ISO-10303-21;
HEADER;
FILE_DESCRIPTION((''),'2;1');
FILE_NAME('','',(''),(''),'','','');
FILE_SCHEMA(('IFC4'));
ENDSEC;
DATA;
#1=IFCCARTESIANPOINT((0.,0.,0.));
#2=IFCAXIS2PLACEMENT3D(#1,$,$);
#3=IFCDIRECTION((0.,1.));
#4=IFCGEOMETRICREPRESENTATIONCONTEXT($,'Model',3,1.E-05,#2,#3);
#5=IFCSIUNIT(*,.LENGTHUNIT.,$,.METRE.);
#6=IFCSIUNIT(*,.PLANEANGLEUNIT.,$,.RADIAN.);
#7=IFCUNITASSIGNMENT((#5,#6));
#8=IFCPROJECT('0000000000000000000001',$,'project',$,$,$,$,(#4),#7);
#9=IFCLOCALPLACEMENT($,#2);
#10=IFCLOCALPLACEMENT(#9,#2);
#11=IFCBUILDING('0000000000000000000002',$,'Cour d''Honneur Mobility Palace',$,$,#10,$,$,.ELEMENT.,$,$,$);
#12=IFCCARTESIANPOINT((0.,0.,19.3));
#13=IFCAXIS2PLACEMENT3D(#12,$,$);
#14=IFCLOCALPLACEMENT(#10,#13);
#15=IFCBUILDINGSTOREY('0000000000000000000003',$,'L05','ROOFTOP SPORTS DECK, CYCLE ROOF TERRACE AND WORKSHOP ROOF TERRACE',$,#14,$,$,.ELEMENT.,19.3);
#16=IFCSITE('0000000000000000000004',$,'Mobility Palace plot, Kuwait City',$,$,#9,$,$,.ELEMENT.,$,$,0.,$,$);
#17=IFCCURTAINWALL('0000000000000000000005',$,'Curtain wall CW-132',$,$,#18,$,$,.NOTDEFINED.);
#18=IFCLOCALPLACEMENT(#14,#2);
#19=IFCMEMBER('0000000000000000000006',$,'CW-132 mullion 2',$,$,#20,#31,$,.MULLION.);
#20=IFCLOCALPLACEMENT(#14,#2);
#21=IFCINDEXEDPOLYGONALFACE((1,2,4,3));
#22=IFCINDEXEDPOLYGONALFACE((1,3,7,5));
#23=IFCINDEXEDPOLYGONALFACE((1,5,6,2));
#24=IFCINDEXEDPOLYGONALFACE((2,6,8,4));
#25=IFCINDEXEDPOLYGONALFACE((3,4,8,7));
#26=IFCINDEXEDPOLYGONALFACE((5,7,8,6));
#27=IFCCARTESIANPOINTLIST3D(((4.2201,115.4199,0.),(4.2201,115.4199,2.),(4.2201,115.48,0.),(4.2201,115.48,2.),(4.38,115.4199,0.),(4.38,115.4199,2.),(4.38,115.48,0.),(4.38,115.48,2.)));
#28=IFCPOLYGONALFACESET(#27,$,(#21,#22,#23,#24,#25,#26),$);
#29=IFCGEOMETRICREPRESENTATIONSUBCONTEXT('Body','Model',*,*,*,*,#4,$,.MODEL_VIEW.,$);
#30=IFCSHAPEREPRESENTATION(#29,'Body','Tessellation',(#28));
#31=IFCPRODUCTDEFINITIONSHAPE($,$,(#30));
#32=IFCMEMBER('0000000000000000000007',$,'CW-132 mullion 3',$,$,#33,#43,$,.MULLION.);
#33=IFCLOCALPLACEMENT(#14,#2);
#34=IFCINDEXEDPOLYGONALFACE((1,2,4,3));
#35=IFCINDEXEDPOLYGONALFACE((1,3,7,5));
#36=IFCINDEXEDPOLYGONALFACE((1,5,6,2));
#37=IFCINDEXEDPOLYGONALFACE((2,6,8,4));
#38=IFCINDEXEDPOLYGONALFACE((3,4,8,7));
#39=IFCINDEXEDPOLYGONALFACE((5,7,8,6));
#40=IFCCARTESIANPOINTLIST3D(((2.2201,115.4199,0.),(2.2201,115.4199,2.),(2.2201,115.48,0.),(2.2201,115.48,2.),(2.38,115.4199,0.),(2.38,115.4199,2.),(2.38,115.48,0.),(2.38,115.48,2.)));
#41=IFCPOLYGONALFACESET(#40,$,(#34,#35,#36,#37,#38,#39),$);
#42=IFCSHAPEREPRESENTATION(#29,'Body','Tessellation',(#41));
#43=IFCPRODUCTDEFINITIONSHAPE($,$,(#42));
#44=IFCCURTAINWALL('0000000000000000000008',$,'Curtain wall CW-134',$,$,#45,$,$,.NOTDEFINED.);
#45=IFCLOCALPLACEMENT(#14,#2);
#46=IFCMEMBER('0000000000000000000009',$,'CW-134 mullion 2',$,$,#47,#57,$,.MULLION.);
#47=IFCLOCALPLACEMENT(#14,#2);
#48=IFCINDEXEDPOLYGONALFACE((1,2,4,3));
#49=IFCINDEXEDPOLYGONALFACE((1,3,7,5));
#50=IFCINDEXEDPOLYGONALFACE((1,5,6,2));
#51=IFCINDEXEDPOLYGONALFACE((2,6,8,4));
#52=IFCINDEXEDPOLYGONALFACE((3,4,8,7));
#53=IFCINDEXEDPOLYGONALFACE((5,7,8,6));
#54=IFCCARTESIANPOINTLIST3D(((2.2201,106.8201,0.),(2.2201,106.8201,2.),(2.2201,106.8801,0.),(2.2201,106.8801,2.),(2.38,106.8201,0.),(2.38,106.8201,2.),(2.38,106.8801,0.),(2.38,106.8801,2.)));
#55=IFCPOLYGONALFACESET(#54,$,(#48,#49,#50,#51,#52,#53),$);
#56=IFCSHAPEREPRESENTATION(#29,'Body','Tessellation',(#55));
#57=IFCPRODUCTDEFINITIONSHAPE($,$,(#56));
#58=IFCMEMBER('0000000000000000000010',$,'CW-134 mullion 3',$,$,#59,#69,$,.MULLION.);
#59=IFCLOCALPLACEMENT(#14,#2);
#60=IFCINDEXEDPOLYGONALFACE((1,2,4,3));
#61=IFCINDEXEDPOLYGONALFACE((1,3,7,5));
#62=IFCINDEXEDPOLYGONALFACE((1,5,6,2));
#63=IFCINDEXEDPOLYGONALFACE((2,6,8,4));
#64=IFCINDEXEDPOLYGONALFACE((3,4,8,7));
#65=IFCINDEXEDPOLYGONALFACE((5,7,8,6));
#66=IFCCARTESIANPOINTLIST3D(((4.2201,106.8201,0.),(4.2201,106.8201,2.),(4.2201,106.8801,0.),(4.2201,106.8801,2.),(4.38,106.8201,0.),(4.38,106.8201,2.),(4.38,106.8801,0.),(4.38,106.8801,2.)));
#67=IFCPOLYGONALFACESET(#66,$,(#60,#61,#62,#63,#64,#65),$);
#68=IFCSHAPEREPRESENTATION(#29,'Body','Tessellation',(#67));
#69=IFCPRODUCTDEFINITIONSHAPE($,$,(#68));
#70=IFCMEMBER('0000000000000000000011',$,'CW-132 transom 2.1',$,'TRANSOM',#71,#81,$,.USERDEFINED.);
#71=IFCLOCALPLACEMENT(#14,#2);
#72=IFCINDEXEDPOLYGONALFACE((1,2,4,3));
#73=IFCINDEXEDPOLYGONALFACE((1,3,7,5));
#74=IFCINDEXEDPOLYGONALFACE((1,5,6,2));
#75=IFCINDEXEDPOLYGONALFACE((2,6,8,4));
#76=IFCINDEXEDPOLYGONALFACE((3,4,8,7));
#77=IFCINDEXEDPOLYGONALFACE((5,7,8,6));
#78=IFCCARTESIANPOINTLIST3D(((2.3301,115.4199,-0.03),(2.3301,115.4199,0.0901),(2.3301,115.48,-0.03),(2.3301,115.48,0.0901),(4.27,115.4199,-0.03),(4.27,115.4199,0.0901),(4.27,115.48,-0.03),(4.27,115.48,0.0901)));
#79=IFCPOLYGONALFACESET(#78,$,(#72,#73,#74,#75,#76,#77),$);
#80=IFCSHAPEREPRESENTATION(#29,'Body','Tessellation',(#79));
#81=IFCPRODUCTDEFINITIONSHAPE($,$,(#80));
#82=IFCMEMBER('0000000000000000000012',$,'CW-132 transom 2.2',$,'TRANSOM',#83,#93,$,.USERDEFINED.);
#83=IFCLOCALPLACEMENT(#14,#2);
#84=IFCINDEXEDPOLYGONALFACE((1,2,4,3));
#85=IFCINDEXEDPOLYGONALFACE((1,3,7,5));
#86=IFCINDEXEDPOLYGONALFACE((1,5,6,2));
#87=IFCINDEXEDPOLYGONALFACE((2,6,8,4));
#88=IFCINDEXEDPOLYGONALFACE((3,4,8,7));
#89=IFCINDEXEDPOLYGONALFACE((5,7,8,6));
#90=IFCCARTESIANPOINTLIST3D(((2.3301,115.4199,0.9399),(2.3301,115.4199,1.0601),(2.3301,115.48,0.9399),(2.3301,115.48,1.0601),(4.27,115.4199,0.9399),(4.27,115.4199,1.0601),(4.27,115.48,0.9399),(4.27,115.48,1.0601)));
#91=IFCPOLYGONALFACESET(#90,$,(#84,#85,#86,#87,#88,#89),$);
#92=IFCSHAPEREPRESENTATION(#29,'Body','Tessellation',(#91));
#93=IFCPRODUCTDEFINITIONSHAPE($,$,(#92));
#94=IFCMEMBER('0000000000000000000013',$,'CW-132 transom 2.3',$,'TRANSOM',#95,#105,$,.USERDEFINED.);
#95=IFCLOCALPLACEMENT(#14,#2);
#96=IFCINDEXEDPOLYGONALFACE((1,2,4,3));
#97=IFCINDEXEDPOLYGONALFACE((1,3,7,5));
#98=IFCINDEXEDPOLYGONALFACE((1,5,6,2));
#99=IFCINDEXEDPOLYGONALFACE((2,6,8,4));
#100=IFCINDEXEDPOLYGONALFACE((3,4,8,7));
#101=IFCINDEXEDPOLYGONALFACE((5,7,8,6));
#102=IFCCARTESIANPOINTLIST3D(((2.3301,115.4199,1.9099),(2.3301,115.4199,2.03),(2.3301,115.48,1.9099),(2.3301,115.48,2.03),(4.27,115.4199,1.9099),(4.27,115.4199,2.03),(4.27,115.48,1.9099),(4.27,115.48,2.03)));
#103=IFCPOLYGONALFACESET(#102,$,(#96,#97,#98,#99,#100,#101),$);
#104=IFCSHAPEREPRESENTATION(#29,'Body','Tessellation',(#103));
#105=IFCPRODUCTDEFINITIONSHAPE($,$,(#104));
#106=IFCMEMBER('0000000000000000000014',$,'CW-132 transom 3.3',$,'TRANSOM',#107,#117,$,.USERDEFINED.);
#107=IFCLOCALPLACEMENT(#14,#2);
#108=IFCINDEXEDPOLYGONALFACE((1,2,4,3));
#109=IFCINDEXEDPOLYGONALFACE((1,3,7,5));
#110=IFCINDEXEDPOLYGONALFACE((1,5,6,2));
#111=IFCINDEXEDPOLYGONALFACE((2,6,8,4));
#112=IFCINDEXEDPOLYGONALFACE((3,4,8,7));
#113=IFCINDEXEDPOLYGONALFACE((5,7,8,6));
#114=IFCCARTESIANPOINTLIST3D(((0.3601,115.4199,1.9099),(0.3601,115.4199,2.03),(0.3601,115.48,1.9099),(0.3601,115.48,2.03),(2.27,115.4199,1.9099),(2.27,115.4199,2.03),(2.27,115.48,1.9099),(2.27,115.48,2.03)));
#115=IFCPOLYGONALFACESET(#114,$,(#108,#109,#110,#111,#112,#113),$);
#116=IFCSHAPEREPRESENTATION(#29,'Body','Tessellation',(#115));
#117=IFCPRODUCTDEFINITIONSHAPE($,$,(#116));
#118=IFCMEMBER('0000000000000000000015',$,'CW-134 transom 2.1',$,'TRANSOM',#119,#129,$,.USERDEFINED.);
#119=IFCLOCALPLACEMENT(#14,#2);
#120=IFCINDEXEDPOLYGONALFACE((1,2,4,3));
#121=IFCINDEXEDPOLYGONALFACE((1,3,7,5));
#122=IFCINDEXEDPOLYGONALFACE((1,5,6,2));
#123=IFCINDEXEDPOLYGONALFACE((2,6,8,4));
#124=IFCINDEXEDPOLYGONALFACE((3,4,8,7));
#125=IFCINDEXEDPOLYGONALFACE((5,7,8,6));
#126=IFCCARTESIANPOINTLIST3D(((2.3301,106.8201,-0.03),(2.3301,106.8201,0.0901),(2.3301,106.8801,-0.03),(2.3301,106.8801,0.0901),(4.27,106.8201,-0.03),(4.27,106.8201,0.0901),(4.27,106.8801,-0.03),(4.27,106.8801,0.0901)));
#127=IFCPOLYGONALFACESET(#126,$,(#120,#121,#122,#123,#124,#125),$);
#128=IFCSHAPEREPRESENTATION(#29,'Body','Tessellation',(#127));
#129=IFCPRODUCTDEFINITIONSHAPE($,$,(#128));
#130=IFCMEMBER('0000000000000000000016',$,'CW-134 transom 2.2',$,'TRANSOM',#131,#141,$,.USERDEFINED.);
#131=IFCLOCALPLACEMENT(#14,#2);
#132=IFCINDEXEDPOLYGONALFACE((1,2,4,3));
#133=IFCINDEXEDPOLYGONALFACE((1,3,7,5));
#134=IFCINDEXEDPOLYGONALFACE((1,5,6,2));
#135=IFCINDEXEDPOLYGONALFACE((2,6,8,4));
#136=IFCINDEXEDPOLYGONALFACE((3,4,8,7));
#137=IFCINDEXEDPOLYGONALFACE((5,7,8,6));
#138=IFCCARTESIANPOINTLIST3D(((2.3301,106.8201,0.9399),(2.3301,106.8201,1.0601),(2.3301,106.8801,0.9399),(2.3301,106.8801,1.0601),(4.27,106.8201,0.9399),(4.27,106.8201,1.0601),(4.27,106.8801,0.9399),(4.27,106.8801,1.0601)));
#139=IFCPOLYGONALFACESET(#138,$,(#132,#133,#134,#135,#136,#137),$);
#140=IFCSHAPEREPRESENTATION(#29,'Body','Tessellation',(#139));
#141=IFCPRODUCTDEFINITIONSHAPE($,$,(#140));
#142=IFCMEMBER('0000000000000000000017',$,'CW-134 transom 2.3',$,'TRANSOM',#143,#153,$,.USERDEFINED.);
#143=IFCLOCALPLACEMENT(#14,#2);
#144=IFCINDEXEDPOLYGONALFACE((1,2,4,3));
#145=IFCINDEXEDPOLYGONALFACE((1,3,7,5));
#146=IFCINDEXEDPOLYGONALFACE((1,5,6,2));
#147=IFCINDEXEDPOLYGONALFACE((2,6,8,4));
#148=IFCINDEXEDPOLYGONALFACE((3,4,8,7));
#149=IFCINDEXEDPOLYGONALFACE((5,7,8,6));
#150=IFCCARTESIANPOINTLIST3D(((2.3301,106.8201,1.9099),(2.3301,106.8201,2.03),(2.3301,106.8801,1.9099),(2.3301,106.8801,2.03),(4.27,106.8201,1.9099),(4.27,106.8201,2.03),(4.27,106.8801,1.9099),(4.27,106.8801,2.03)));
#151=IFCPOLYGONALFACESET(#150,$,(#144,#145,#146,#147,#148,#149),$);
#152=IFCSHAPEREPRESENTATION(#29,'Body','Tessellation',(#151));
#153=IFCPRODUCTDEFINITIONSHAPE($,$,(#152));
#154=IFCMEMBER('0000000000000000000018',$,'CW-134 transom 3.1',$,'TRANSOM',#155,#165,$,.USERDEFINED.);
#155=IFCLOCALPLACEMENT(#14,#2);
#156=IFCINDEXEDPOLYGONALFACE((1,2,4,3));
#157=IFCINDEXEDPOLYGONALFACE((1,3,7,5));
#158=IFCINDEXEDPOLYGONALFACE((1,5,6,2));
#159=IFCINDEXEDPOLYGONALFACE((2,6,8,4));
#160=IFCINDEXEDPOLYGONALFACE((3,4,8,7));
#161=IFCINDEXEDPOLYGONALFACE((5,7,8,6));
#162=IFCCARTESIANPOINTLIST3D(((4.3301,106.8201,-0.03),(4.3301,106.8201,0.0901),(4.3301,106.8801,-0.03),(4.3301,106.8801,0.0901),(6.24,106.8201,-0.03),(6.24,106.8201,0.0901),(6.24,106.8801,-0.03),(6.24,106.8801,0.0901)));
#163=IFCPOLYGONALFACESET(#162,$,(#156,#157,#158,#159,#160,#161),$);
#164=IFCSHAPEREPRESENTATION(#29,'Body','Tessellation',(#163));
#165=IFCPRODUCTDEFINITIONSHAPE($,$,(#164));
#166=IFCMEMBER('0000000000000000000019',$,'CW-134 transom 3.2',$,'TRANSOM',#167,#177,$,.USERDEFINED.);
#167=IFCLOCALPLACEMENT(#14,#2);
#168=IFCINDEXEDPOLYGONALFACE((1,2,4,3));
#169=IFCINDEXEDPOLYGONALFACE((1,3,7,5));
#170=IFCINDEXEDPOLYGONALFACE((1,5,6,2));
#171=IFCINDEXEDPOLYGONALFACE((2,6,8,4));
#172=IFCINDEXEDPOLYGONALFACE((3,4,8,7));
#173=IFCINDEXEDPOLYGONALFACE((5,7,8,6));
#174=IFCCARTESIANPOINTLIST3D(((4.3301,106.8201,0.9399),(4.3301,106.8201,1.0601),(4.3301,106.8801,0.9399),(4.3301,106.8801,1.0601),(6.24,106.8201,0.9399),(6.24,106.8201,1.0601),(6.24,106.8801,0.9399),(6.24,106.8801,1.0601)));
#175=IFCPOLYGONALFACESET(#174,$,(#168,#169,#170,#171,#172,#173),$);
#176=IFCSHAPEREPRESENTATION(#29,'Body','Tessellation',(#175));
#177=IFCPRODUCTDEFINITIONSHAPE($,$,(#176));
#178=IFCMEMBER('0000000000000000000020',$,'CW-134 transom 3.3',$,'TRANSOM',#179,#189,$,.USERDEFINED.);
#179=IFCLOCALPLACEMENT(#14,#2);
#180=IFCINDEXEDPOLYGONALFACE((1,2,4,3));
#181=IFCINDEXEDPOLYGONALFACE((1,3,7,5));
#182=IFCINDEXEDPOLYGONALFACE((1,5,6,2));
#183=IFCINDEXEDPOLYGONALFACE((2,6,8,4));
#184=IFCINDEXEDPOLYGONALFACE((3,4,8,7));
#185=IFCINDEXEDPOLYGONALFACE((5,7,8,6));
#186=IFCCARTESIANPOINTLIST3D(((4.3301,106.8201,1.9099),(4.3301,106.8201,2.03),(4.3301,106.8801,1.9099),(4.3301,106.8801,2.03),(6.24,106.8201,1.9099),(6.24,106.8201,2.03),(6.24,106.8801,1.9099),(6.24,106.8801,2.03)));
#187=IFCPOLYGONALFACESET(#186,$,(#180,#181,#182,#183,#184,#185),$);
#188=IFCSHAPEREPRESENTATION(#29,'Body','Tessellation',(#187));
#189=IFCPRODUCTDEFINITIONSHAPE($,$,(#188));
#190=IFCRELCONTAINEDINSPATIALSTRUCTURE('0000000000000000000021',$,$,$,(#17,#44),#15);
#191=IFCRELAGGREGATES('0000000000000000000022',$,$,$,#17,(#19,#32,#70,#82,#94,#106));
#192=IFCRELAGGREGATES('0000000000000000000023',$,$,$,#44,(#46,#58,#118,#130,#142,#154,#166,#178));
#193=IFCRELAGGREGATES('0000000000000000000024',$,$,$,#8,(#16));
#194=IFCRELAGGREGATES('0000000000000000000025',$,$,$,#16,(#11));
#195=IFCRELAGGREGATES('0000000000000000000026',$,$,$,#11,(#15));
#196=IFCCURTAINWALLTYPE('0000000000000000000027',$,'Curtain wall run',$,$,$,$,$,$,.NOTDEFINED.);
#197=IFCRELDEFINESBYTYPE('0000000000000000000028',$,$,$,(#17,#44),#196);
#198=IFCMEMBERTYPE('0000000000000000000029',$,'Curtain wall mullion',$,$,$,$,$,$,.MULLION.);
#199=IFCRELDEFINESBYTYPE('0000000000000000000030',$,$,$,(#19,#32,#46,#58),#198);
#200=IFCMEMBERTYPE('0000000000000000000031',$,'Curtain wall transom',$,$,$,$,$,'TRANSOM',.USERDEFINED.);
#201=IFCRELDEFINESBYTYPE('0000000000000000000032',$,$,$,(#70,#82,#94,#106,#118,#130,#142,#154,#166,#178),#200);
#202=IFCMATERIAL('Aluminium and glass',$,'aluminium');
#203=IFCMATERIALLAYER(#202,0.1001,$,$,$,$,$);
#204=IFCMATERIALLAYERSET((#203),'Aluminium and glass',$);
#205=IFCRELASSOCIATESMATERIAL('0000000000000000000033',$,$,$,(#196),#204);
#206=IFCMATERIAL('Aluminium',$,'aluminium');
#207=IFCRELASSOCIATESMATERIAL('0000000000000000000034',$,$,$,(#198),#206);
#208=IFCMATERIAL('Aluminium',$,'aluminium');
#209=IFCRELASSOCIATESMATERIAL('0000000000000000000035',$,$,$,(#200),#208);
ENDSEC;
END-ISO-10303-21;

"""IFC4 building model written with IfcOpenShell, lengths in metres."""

from ifc_helpers import new_model, si_unit, direction, frame, origin, origin_2d, place, context, subcontext, project, spatial, rectangle, extrude, material, layer, layer_set, material_profile, profile_set, type_object, element, aggregate, save


model = new_model("IFC4")

# Units and contexts
model_context = context("Model", 3, precision=1e-05, world=origin(), true_north=direction((0.0, 1.0)))
body_context = subcontext(model_context, "Body", "Model", "MODEL_VIEW")
ifc_project = project(units=[si_unit("LENGTHUNIT", "METRE"), si_unit("PLANEANGLEUNIT", "RADIAN")], contexts=[model_context])

# Site, building, storey
site_placement = place(None, origin())
site = spatial("IfcSite", under=ifc_project, at=site_placement, Name="Mobility Palace plot, Kuwait City", CompositionType="ELEMENT", RefElevation=0.0)
building_placement = place(site_placement, origin())
building = spatial("IfcBuilding", under=site, at=building_placement, Name="Cour d'Honneur Mobility Palace", CompositionType="ELEMENT")
storey_placement = place(building_placement, frame((0.0, 0.0, 19.3)))
storey = spatial("IfcBuildingStorey", under=building, at=storey_placement, Name="L05", Description="ROOFTOP SPORTS DECK, CYCLE ROOF TERRACE AND WORKSHOP ROOF TERRACE", CompositionType="ELEMENT", Elevation=19.3)

# Curtain walls, members
ifc_material_1 = material(Name="Aluminium and glass", Category="aluminium")
ifc_layer_1 = layer(ifc_material_1, 0.1001)
ifc_layer_set_1 = layer_set([ifc_layer_1], Name="Aluminium and glass")
curtain_wall_type = type_object("IfcCurtainWallType", Name="Curtain wall run", PredefinedType="NOTDEFINED", material=ifc_layer_set_1)
curtain_wall_1_placement = place(storey_placement, origin())
curtain_wall_1 = element("IfcCurtainWall", 1, at=curtain_wall_1_placement, inside=storey, type_object=curtain_wall_type, Name="Curtain wall CW-132", PredefinedType="NOTDEFINED")
ifc_material_2 = material(Name="Aluminium", Category="aluminium")
ifc_material_profile_1 = material_profile(ifc_material_2, rectangle(XDim=0.0601, YDim=0.1599, at=origin_2d()), Name="Curtain wall mullion")
ifc_profile_set_1 = profile_set([ifc_material_profile_1], Name="Aluminium")
member_type_1 = type_object("IfcMemberType", Name="Curtain wall mullion", PredefinedType="MULLION", material=ifc_profile_set_1)
member_1_placement = place(storey_placement, frame((4.3, 115.45, 0.0), z_axis=(0.0, 0.0, 1.0), x_axis=(0.0, -1.0, 0.0)))
member_1 = element("IfcMember", 2, at=member_1_placement, type_object=member_type_1, Name="CW-132 mullion 2", PredefinedType="MULLION", context=body_context, shape_type="SweptSolid", body=[
    extrude(rectangle(XDim=0.0601, YDim=0.1599, at=origin_2d()), origin(), (0.0, 0.0, 1.0), 2.0),
])
member_2_placement = place(storey_placement, frame((2.3, 115.45, 0.0), z_axis=(0.0, 0.0, 1.0), x_axis=(0.0, -1.0, 0.0)))
member_2 = element("IfcMember", 3, at=member_2_placement, type_object=member_type_1, Name="CW-132 mullion 3", PredefinedType="MULLION", context=body_context, shape_type="SweptSolid", body=[
    extrude(rectangle(XDim=0.0601, YDim=0.1599, at=origin_2d()), origin(), (0.0, 0.0, 1.0), 2.0),
])
curtain_wall_2_placement = place(storey_placement, origin())
curtain_wall_2 = element("IfcCurtainWall", 4, at=curtain_wall_2_placement, inside=storey, type_object=curtain_wall_type, Name="Curtain wall CW-134", PredefinedType="NOTDEFINED")
member_3_placement = place(storey_placement, frame((2.3, 106.8501, 0.0), z_axis=(0.0, 0.0, 1.0), x_axis=(0.0, 1.0, 0.0)))
member_3 = element("IfcMember", 5, at=member_3_placement, type_object=member_type_1, Name="CW-134 mullion 2", PredefinedType="MULLION", context=body_context, shape_type="SweptSolid", body=[
    extrude(rectangle(XDim=0.0601, YDim=0.1599, at=origin_2d()), origin(), (0.0, 0.0, 1.0), 2.0),
])
member_4_placement = place(storey_placement, frame((4.3, 106.8501, 0.0), z_axis=(0.0, 0.0, 1.0), x_axis=(0.0, 1.0, 0.0)))
member_4 = element("IfcMember", 6, at=member_4_placement, type_object=member_type_1, Name="CW-134 mullion 3", PredefinedType="MULLION", context=body_context, shape_type="SweptSolid", body=[
    extrude(rectangle(XDim=0.0601, YDim=0.1599, at=origin_2d()), origin(), (0.0, 0.0, 1.0), 2.0),
])

# Members
ifc_material_3 = material(Name="Aluminium", Category="aluminium")
ifc_material_profile_2 = material_profile(ifc_material_3, rectangle(XDim=0.0601, YDim=0.1201, at=origin_2d()), Name="Curtain wall transom")
ifc_profile_set_2 = profile_set([ifc_material_profile_2], Name="Aluminium")
member_type_2 = type_object("IfcMemberType", Name="Curtain wall transom", ElementType="TRANSOM", PredefinedType="USERDEFINED", material=ifc_profile_set_2)
member_5_placement = place(storey_placement, frame((4.27, 115.45, 0.03), z_axis=(-1.0, 0.0, 0.0), x_axis=(0.0, -1.0, 0.0)))
member_5 = element("IfcMember", 7, at=member_5_placement, type_object=member_type_2, Name="CW-132 transom 2.1", ObjectType="TRANSOM", PredefinedType="USERDEFINED", context=body_context, shape_type="SweptSolid", body=[
    extrude(rectangle(XDim=0.0601, YDim=0.1201, at=origin_2d()), origin(), (0.0, 0.0, 1.0), 1.9399),
])
member_6_placement = place(storey_placement, frame((4.27, 115.45, 1.0), z_axis=(-1.0, 0.0, 0.0), x_axis=(0.0, -1.0, 0.0)))
member_6 = element("IfcMember", 8, at=member_6_placement, type_object=member_type_2, Name="CW-132 transom 2.2", ObjectType="TRANSOM", PredefinedType="USERDEFINED", context=body_context, shape_type="SweptSolid", body=[
    extrude(rectangle(XDim=0.0601, YDim=0.1201, at=origin_2d()), origin(), (0.0, 0.0, 1.0), 1.9399),
])
member_7_placement = place(storey_placement, frame((4.27, 115.45, 1.97), z_axis=(-1.0, 0.0, 0.0), x_axis=(0.0, -1.0, 0.0)))
member_7 = element("IfcMember", 9, at=member_7_placement, type_object=member_type_2, Name="CW-132 transom 2.3", ObjectType="TRANSOM", PredefinedType="USERDEFINED", context=body_context, shape_type="SweptSolid", body=[
    extrude(rectangle(XDim=0.0601, YDim=0.1201, at=origin_2d()), origin(), (0.0, 0.0, 1.0), 1.9399),
])
member_8_placement = place(storey_placement, frame((2.27, 115.45, 1.97), z_axis=(-1.0, 0.0, 0.0), x_axis=(0.0, -1.0, 0.0)))
member_8 = element("IfcMember", 10, at=member_8_placement, type_object=member_type_2, Name="CW-132 transom 3.3", ObjectType="TRANSOM", PredefinedType="USERDEFINED", context=body_context, shape_type="SweptSolid", body=[
    extrude(rectangle(XDim=0.0601, YDim=0.1201, at=origin_2d()), origin(), (0.0, 0.0, 1.0), 1.9099),
])
member_9_placement = place(storey_placement, frame((2.3301, 106.8501, 0.03), z_axis=(1.0, 0.0, 0.0), x_axis=(0.0, 1.0, 0.0)))
member_9 = element("IfcMember", 11, at=member_9_placement, type_object=member_type_2, Name="CW-134 transom 2.1", ObjectType="TRANSOM", PredefinedType="USERDEFINED", context=body_context, shape_type="SweptSolid", body=[
    extrude(rectangle(XDim=0.0601, YDim=0.1201, at=origin_2d()), origin(), (0.0, 0.0, 1.0), 1.9399),
])
member_10_placement = place(storey_placement, frame((2.3301, 106.8501, 1.0), z_axis=(1.0, 0.0, 0.0), x_axis=(0.0, 1.0, 0.0)))
member_10 = element("IfcMember", 12, at=member_10_placement, type_object=member_type_2, Name="CW-134 transom 2.2", ObjectType="TRANSOM", PredefinedType="USERDEFINED", context=body_context, shape_type="SweptSolid", body=[
    extrude(rectangle(XDim=0.0601, YDim=0.1201, at=origin_2d()), origin(), (0.0, 0.0, 1.0), 1.9399),
])
member_11_placement = place(storey_placement, frame((2.3301, 106.8501, 1.97), z_axis=(1.0, 0.0, 0.0), x_axis=(0.0, 1.0, 0.0)))
member_11 = element("IfcMember", 13, at=member_11_placement, type_object=member_type_2, Name="CW-134 transom 2.3", ObjectType="TRANSOM", PredefinedType="USERDEFINED", context=body_context, shape_type="SweptSolid", body=[
    extrude(rectangle(XDim=0.0601, YDim=0.1201, at=origin_2d()), origin(), (0.0, 0.0, 1.0), 1.9399),
])
member_12_placement = place(storey_placement, frame((4.3301, 106.8501, 0.03), z_axis=(1.0, 0.0, 0.0), x_axis=(0.0, 1.0, 0.0)))
member_12 = element("IfcMember", 14, at=member_12_placement, type_object=member_type_2, Name="CW-134 transom 3.1", ObjectType="TRANSOM", PredefinedType="USERDEFINED", context=body_context, shape_type="SweptSolid", body=[
    extrude(rectangle(XDim=0.0601, YDim=0.1201, at=origin_2d()), origin(), (0.0, 0.0, 1.0), 1.9099),
])
member_13_placement = place(storey_placement, frame((4.3301, 106.8501, 1.0), z_axis=(1.0, 0.0, 0.0), x_axis=(0.0, 1.0, 0.0)))
member_13 = element("IfcMember", 15, at=member_13_placement, type_object=member_type_2, Name="CW-134 transom 3.2", ObjectType="TRANSOM", PredefinedType="USERDEFINED", context=body_context, shape_type="SweptSolid", body=[
    extrude(rectangle(XDim=0.0601, YDim=0.1201, at=origin_2d()), origin(), (0.0, 0.0, 1.0), 1.9099),
])
member_14_placement = place(storey_placement, frame((4.3301, 106.8501, 1.97), z_axis=(1.0, 0.0, 0.0), x_axis=(0.0, 1.0, 0.0)))
member_14 = element("IfcMember", 16, at=member_14_placement, type_object=member_type_2, Name="CW-134 transom 3.3", ObjectType="TRANSOM", PredefinedType="USERDEFINED", context=body_context, shape_type="SweptSolid", body=[
    extrude(rectangle(XDim=0.0601, YDim=0.1201, at=origin_2d()), origin(), (0.0, 0.0, 1.0), 1.9099),
])

aggregate(curtain_wall_1, [member_1, member_2, member_5, member_6, member_7, member_8])
aggregate(curtain_wall_2, [member_3, member_4, member_9, member_10, member_11, member_12, member_13, member_14])

save(model, "model.ifc")
